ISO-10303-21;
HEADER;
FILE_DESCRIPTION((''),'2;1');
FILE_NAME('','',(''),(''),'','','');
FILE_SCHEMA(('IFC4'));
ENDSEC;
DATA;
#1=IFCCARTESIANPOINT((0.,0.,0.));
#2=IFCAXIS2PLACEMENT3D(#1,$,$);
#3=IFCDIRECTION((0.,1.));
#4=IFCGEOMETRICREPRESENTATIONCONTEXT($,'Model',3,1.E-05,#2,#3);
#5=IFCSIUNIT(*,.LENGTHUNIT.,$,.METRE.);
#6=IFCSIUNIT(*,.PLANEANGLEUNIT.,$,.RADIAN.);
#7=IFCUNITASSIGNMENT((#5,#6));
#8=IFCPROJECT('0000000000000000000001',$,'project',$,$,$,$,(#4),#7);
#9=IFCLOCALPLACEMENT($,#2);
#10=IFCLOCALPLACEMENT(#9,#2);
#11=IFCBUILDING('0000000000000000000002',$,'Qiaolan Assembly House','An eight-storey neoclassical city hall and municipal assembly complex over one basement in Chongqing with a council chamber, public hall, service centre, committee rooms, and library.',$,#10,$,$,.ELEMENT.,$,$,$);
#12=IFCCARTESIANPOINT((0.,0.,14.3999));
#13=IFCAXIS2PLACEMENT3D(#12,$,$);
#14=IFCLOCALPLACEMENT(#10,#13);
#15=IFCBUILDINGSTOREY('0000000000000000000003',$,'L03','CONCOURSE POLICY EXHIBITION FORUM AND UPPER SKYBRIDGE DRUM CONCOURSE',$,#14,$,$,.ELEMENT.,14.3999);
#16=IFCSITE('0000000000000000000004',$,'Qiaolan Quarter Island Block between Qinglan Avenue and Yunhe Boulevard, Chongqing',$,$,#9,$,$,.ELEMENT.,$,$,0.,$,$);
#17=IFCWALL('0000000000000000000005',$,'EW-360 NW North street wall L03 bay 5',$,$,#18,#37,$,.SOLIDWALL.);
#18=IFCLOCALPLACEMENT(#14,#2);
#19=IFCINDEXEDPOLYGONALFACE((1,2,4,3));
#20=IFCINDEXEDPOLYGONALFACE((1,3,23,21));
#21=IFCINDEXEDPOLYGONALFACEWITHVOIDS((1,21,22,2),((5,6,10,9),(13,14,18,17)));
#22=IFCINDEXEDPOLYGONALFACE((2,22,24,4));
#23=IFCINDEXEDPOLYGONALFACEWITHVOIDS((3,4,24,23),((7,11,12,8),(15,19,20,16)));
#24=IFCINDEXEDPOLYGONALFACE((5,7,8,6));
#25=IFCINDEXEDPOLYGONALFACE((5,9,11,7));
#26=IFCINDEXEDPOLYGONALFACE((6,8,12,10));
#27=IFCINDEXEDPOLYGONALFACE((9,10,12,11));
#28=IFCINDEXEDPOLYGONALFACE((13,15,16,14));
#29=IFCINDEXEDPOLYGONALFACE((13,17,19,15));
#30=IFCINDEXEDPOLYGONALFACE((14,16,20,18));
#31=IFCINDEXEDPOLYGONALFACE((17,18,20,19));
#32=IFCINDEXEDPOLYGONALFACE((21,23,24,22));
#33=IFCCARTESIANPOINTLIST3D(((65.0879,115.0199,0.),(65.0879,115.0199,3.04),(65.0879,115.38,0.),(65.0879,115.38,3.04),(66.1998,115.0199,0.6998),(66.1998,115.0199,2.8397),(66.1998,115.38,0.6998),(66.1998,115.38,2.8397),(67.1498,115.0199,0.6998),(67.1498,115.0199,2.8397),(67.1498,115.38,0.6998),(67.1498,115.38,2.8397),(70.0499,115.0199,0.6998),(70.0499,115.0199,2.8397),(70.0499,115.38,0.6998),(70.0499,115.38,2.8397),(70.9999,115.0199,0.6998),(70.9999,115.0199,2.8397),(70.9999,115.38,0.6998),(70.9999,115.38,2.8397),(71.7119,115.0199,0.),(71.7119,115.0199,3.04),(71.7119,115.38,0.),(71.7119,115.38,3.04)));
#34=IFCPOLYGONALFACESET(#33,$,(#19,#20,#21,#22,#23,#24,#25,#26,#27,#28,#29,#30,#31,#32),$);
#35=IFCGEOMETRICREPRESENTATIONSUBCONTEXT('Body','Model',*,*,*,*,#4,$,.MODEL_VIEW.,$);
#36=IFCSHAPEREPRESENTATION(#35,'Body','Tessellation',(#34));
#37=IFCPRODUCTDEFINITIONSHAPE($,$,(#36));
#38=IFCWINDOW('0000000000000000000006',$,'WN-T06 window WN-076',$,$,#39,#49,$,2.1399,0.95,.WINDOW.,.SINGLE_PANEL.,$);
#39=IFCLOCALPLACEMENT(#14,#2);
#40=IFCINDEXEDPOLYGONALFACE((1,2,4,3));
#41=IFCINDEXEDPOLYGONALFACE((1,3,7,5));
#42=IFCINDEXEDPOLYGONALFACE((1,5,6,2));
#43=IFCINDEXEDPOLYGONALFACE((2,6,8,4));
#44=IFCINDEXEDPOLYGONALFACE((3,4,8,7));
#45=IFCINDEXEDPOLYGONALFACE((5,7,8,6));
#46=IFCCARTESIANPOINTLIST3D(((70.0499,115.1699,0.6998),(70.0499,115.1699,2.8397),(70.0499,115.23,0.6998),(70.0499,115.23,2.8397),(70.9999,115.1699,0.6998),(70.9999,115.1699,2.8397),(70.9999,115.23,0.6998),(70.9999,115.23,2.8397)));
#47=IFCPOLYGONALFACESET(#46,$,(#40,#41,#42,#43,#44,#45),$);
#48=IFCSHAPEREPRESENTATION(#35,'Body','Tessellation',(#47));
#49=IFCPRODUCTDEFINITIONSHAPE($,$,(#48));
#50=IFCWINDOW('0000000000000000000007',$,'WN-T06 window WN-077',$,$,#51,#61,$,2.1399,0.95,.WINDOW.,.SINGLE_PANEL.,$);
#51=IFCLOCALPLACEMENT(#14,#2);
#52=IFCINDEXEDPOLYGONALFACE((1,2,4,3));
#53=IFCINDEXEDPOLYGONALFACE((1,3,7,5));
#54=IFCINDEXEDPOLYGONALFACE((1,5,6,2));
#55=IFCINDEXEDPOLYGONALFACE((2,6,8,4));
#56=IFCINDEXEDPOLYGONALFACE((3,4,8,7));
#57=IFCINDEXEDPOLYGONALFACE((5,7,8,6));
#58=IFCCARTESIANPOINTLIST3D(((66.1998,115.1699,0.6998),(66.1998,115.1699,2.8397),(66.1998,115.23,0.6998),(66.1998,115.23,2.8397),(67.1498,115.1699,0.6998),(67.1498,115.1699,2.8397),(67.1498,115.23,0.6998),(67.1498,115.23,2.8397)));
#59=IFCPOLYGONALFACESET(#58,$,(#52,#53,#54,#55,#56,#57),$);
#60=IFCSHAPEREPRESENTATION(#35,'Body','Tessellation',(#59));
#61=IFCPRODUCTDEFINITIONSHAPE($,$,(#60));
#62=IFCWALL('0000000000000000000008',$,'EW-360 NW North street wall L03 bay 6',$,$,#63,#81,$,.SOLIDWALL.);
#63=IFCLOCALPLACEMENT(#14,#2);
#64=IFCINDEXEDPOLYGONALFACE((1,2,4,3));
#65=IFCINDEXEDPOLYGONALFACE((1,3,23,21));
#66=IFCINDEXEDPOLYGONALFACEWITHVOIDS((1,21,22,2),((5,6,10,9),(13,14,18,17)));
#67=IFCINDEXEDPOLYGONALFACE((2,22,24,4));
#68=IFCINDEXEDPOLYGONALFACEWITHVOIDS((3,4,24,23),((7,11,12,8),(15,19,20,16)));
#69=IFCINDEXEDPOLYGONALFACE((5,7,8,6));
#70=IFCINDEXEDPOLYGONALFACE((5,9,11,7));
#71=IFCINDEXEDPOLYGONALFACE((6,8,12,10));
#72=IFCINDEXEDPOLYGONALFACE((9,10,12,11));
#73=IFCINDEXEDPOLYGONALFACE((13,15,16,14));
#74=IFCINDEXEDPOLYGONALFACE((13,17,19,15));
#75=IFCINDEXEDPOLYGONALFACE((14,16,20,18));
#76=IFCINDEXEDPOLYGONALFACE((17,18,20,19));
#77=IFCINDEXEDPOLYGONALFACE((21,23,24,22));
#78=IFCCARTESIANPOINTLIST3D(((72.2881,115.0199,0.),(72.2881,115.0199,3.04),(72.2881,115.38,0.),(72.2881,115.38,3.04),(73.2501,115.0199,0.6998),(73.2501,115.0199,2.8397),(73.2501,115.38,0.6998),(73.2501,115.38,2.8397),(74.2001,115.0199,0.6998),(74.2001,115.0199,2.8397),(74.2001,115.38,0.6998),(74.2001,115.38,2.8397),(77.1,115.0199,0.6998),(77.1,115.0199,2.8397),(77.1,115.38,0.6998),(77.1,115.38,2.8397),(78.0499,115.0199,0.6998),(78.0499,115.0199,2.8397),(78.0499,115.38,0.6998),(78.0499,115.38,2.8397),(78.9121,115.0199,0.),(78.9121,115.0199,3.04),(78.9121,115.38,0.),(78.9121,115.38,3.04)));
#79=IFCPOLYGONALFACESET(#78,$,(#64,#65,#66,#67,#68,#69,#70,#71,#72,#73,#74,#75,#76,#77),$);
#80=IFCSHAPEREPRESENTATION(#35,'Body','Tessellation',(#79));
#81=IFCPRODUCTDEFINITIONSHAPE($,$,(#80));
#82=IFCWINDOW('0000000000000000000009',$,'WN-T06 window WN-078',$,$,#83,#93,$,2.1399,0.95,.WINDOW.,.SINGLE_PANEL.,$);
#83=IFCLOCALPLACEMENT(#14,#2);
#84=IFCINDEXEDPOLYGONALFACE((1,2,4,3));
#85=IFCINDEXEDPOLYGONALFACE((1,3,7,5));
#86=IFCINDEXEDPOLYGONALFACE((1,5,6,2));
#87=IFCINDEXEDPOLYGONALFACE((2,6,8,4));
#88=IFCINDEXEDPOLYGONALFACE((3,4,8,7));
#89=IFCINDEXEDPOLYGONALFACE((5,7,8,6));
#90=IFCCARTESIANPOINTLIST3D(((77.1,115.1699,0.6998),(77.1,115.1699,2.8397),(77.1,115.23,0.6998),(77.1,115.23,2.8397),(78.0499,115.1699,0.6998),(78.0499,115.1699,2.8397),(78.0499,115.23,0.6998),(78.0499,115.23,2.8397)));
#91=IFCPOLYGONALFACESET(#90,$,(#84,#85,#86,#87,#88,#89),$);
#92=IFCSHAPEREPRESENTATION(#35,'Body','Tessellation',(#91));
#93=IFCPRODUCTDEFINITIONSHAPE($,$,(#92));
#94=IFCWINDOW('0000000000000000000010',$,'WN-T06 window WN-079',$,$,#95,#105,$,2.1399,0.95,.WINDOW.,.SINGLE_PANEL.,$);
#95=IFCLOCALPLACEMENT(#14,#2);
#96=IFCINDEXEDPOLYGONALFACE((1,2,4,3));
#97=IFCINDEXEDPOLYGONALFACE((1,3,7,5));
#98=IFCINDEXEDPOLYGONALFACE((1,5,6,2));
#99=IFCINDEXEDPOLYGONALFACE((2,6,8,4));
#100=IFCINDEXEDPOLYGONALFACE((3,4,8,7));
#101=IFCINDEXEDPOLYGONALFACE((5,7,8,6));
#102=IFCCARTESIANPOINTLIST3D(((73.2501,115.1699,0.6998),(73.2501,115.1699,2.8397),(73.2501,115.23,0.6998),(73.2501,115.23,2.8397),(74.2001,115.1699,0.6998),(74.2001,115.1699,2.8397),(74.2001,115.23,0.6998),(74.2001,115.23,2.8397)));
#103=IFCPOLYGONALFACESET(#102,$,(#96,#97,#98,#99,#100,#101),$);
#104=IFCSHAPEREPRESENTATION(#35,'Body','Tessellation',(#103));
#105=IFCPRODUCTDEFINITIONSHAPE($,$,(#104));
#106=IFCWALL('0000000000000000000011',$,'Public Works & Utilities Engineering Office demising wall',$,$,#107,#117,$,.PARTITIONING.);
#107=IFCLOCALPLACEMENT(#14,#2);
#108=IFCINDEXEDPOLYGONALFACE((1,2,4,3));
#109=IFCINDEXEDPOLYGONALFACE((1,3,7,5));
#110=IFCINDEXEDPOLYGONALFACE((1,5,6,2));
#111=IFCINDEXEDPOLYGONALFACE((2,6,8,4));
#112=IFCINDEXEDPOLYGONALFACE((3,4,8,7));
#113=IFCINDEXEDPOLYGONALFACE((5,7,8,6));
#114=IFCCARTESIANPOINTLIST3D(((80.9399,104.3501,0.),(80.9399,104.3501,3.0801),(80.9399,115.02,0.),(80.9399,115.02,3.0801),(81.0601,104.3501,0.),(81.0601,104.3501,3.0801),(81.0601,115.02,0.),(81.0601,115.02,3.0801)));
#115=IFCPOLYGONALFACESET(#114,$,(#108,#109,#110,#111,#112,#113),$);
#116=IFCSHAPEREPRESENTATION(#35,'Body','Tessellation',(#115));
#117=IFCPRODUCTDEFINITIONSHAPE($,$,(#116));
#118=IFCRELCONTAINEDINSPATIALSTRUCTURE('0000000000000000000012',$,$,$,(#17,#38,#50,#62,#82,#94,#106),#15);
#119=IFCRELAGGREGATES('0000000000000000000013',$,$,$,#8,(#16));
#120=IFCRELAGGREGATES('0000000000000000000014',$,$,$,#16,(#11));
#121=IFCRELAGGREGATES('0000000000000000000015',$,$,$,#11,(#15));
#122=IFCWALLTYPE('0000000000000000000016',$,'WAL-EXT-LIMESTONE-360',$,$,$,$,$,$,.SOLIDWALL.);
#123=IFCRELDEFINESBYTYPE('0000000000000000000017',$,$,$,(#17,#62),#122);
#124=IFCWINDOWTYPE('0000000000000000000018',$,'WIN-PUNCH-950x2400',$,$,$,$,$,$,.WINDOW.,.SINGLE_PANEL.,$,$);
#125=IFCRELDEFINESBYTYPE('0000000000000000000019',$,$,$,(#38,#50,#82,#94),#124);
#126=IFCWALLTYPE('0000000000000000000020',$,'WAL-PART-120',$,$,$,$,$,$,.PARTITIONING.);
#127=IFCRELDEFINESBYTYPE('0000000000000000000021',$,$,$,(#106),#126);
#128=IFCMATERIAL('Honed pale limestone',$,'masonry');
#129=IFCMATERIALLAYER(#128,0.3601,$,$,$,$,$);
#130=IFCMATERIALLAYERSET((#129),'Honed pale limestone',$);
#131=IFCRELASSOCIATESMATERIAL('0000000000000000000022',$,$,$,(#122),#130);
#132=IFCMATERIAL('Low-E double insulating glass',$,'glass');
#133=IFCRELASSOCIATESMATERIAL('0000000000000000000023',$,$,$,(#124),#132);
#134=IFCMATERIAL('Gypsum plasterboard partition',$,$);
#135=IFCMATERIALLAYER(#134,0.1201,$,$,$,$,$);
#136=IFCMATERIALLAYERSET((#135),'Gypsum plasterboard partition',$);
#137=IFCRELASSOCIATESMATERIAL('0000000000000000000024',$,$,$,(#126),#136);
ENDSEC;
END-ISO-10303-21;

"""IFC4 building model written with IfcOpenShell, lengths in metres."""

from ifc_helpers import new_model, si_unit, direction, frame, frame_2d, origin, place, context, subcontext, project, spatial, rectangle, extrude, material, layer, layer_set, type_object, element, fill, save


model = new_model("IFC4")

# Units and contexts
model_context = context("Model", 3, precision=1e-05, world=origin(), true_north=direction((0.0, 1.0)))
body_context = subcontext(model_context, "Body", "Model", "MODEL_VIEW")
ifc_project = project(units=[si_unit("LENGTHUNIT", "METRE"), si_unit("PLANEANGLEUNIT", "RADIAN")], contexts=[model_context])

# Site, building, storey
site_placement = place(None, origin())
site = spatial("IfcSite", under=ifc_project, at=site_placement, Name="Qiaolan Quarter Island Block between Qinglan Avenue and Yunhe Boulevard, Chongqing", CompositionType="ELEMENT", RefElevation=0.0)
building_placement = place(site_placement, origin())
building = spatial("IfcBuilding", under=site, at=building_placement, Name="Qiaolan Assembly House", Description="An eight-storey neoclassical city hall and municipal assembly complex over one basement in Chongqing with a council chamber, public hall, service centre, committee rooms, and library.", CompositionType="ELEMENT")
storey_placement = place(building_placement, frame((0.0, 0.0, 14.3999)))
storey = spatial("IfcBuildingStorey", under=building, at=storey_placement, Name="L03", Description="CONCOURSE POLICY EXHIBITION FORUM AND UPPER SKYBRIDGE DRUM CONCOURSE", CompositionType="ELEMENT", Elevation=14.3999)

# Walls, openings, windows
ifc_material_1 = material(Name="Honed pale limestone", Category="masonry")
ifc_layer_1 = layer(ifc_material_1, 0.3601)
ifc_layer_set_1 = layer_set([ifc_layer_1], Name="Honed pale limestone")
wall_type_1 = type_object("IfcWallType", Name="WAL-EXT-LIMESTONE-360", PredefinedType="SOLIDWALL", material=ifc_layer_set_1)
wall_1_placement = place(storey_placement, frame((71.7119, 115.2, 0.0), z_axis=(0.0, 0.0, 1.0), x_axis=(-1.0, 0.0, 0.0)))
wall_1 = element("IfcWall", 1, at=wall_1_placement, inside=storey, type_object=wall_type_1, Name="EW-360 NW North street wall L03 bay 5", PredefinedType="SOLIDWALL", context=body_context, shape_type="SweptSolid", body=[
    extrude(rectangle(XDim=6.624, YDim=0.3601, at=frame_2d((3.312, 0.0))), origin(), (0.0, 0.0, 1.0), 3.04),
])
opening_1_placement = place(wall_1_placement, frame((0.7119, 0.0, 0.7)))
opening_1 = element("IfcOpeningElement", 2, at=opening_1_placement, cuts=wall_1, PredefinedType="OPENING", context=body_context, shape_type="SweptSolid", body=[
    extrude(rectangle(XDim=0.95, YDim=2.1399, at=frame_2d((0.4751, 1.0698))), frame((0.0, 0.1899, 0.0), z_axis=(0.0, -1.0, 0.0), x_axis=(1.0, 0.0, 0.0)), (0.0, 0.0, 1.0), 0.3801),
])
opening_2_placement = place(wall_1_placement, frame((4.562, 0.0, 0.7)))
opening_2 = element("IfcOpeningElement", 3, at=opening_2_placement, cuts=wall_1, PredefinedType="OPENING", context=body_context, shape_type="SweptSolid", body=[
    extrude(rectangle(XDim=0.95, YDim=2.1399, at=frame_2d((0.4751, 1.0698))), frame((0.0, 0.1899, 0.0), z_axis=(0.0, -1.0, 0.0), x_axis=(1.0, 0.0, 0.0)), (0.0, 0.0, 1.0), 0.3801),
])
ifc_material_2 = material(Name="Low-E double insulating glass", Category="glass")
window_type = type_object("IfcWindowType", Name="WIN-PUNCH-950x2400", PartitioningType="SINGLE_PANEL", PredefinedType="WINDOW", material=ifc_material_2)
window_1_placement = place(opening_1_placement, origin())
window_1 = element("IfcWindow", 4, at=window_1_placement, inside=storey, type_object=window_type, Name="WN-T06 window WN-076", OverallHeight=2.1399, OverallWidth=0.95, PartitioningType="SINGLE_PANEL", PredefinedType="WINDOW", context=body_context, shape_type="SweptSolid", body=[
    extrude(rectangle(XDim=0.95, YDim=2.1399, at=frame_2d((0.4751, 1.0698))), frame((0.0, 0.03, 0.0), z_axis=(0.0, -1.0, 0.0), x_axis=(1.0, 0.0, 0.0)), (0.0, 0.0, 1.0), 0.0601),
])
fill(opening_1, window_1)
window_2_placement = place(opening_2_placement, origin())
window_2 = element("IfcWindow", 5, at=window_2_placement, inside=storey, type_object=window_type, Name="WN-T06 window WN-077", OverallHeight=2.1399, OverallWidth=0.95, PartitioningType="SINGLE_PANEL", PredefinedType="WINDOW", context=body_context, shape_type="SweptSolid", body=[
    extrude(rectangle(XDim=0.95, YDim=2.1399, at=frame_2d((0.4751, 1.0698))), frame((0.0, 0.03, 0.0), z_axis=(0.0, -1.0, 0.0), x_axis=(1.0, 0.0, 0.0)), (0.0, 0.0, 1.0), 0.0601),
])
fill(opening_2, window_2)
wall_2_placement = place(storey_placement, frame((78.9121, 115.2, 0.0), z_axis=(0.0, 0.0, 1.0), x_axis=(-1.0, 0.0, 0.0)))
wall_2 = element("IfcWall", 6, at=wall_2_placement, inside=storey, type_object=wall_type_1, Name="EW-360 NW North street wall L03 bay 6", PredefinedType="SOLIDWALL", context=body_context, shape_type="SweptSolid", body=[
    extrude(rectangle(XDim=6.624, YDim=0.3601, at=frame_2d((3.312, 0.0))), origin(), (0.0, 0.0, 1.0), 3.04),
])
opening_3_placement = place(wall_2_placement, frame((0.8621, 0.0, 0.7)))
opening_3 = element("IfcOpeningElement", 7, at=opening_3_placement, cuts=wall_2, PredefinedType="OPENING", context=body_context, shape_type="SweptSolid", body=[
    extrude(rectangle(XDim=0.95, YDim=2.1399, at=frame_2d((0.4751, 1.0698))), frame((0.0, 0.1899, 0.0), z_axis=(0.0, -1.0, 0.0), x_axis=(1.0, 0.0, 0.0)), (0.0, 0.0, 1.0), 0.3801),
])
opening_4_placement = place(wall_2_placement, frame((4.7119, 0.0, 0.7)))
opening_4 = element("IfcOpeningElement", 8, at=opening_4_placement, cuts=wall_2, PredefinedType="OPENING", context=body_context, shape_type="SweptSolid", body=[
    extrude(rectangle(XDim=0.95, YDim=2.1399, at=frame_2d((0.4751, 1.0698))), frame((0.0, 0.1899, 0.0), z_axis=(0.0, -1.0, 0.0), x_axis=(1.0, 0.0, 0.0)), (0.0, 0.0, 1.0), 0.3801),
])
window_3_placement = place(opening_3_placement, origin())
window_3 = element("IfcWindow", 9, at=window_3_placement, inside=storey, type_object=window_type, Name="WN-T06 window WN-078", OverallHeight=2.1399, OverallWidth=0.95, PartitioningType="SINGLE_PANEL", PredefinedType="WINDOW", context=body_context, shape_type="SweptSolid", body=[
    extrude(rectangle(XDim=0.95, YDim=2.1399, at=frame_2d((0.4751, 1.0698))), frame((0.0, 0.03, 0.0), z_axis=(0.0, -1.0, 0.0), x_axis=(1.0, 0.0, 0.0)), (0.0, 0.0, 1.0), 0.0601),
])
fill(opening_3, window_3)
window_4_placement = place(opening_4_placement, origin())
window_4 = element("IfcWindow", 10, at=window_4_placement, inside=storey, type_object=window_type, Name="WN-T06 window WN-079", OverallHeight=2.1399, OverallWidth=0.95, PartitioningType="SINGLE_PANEL", PredefinedType="WINDOW", context=body_context, shape_type="SweptSolid", body=[
    extrude(rectangle(XDim=0.95, YDim=2.1399, at=frame_2d((0.4751, 1.0698))), frame((0.0, 0.03, 0.0), z_axis=(0.0, -1.0, 0.0), x_axis=(1.0, 0.0, 0.0)), (0.0, 0.0, 1.0), 0.0601),
])
fill(opening_4, window_4)

# Wall
ifc_material_3 = material(Name="Gypsum plasterboard partition")
ifc_layer_2 = layer(ifc_material_3, 0.1201)
ifc_layer_set_2 = layer_set([ifc_layer_2], Name="Gypsum plasterboard partition")
wall_type_2 = type_object("IfcWallType", Name="WAL-PART-120", PredefinedType="PARTITIONING", material=ifc_layer_set_2)
wall_3_placement = place(storey_placement, frame((81.0, 104.3501, 0.0), z_axis=(0.0, 0.0, 1.0), x_axis=(0.0, 1.0, 0.0)))
element("IfcWall", 11, at=wall_3_placement, inside=storey, type_object=wall_type_2, Name="Public Works & Utilities Engineering Office demising wall", PredefinedType="PARTITIONING", context=body_context, shape_type="SweptSolid", body=[
    extrude(rectangle(XDim=10.6699, YDim=0.1201, at=frame_2d((5.335, 0.0))), origin(), (0.0, 0.0, 1.0), 3.0801),
])

save(model, "model.ifc")
